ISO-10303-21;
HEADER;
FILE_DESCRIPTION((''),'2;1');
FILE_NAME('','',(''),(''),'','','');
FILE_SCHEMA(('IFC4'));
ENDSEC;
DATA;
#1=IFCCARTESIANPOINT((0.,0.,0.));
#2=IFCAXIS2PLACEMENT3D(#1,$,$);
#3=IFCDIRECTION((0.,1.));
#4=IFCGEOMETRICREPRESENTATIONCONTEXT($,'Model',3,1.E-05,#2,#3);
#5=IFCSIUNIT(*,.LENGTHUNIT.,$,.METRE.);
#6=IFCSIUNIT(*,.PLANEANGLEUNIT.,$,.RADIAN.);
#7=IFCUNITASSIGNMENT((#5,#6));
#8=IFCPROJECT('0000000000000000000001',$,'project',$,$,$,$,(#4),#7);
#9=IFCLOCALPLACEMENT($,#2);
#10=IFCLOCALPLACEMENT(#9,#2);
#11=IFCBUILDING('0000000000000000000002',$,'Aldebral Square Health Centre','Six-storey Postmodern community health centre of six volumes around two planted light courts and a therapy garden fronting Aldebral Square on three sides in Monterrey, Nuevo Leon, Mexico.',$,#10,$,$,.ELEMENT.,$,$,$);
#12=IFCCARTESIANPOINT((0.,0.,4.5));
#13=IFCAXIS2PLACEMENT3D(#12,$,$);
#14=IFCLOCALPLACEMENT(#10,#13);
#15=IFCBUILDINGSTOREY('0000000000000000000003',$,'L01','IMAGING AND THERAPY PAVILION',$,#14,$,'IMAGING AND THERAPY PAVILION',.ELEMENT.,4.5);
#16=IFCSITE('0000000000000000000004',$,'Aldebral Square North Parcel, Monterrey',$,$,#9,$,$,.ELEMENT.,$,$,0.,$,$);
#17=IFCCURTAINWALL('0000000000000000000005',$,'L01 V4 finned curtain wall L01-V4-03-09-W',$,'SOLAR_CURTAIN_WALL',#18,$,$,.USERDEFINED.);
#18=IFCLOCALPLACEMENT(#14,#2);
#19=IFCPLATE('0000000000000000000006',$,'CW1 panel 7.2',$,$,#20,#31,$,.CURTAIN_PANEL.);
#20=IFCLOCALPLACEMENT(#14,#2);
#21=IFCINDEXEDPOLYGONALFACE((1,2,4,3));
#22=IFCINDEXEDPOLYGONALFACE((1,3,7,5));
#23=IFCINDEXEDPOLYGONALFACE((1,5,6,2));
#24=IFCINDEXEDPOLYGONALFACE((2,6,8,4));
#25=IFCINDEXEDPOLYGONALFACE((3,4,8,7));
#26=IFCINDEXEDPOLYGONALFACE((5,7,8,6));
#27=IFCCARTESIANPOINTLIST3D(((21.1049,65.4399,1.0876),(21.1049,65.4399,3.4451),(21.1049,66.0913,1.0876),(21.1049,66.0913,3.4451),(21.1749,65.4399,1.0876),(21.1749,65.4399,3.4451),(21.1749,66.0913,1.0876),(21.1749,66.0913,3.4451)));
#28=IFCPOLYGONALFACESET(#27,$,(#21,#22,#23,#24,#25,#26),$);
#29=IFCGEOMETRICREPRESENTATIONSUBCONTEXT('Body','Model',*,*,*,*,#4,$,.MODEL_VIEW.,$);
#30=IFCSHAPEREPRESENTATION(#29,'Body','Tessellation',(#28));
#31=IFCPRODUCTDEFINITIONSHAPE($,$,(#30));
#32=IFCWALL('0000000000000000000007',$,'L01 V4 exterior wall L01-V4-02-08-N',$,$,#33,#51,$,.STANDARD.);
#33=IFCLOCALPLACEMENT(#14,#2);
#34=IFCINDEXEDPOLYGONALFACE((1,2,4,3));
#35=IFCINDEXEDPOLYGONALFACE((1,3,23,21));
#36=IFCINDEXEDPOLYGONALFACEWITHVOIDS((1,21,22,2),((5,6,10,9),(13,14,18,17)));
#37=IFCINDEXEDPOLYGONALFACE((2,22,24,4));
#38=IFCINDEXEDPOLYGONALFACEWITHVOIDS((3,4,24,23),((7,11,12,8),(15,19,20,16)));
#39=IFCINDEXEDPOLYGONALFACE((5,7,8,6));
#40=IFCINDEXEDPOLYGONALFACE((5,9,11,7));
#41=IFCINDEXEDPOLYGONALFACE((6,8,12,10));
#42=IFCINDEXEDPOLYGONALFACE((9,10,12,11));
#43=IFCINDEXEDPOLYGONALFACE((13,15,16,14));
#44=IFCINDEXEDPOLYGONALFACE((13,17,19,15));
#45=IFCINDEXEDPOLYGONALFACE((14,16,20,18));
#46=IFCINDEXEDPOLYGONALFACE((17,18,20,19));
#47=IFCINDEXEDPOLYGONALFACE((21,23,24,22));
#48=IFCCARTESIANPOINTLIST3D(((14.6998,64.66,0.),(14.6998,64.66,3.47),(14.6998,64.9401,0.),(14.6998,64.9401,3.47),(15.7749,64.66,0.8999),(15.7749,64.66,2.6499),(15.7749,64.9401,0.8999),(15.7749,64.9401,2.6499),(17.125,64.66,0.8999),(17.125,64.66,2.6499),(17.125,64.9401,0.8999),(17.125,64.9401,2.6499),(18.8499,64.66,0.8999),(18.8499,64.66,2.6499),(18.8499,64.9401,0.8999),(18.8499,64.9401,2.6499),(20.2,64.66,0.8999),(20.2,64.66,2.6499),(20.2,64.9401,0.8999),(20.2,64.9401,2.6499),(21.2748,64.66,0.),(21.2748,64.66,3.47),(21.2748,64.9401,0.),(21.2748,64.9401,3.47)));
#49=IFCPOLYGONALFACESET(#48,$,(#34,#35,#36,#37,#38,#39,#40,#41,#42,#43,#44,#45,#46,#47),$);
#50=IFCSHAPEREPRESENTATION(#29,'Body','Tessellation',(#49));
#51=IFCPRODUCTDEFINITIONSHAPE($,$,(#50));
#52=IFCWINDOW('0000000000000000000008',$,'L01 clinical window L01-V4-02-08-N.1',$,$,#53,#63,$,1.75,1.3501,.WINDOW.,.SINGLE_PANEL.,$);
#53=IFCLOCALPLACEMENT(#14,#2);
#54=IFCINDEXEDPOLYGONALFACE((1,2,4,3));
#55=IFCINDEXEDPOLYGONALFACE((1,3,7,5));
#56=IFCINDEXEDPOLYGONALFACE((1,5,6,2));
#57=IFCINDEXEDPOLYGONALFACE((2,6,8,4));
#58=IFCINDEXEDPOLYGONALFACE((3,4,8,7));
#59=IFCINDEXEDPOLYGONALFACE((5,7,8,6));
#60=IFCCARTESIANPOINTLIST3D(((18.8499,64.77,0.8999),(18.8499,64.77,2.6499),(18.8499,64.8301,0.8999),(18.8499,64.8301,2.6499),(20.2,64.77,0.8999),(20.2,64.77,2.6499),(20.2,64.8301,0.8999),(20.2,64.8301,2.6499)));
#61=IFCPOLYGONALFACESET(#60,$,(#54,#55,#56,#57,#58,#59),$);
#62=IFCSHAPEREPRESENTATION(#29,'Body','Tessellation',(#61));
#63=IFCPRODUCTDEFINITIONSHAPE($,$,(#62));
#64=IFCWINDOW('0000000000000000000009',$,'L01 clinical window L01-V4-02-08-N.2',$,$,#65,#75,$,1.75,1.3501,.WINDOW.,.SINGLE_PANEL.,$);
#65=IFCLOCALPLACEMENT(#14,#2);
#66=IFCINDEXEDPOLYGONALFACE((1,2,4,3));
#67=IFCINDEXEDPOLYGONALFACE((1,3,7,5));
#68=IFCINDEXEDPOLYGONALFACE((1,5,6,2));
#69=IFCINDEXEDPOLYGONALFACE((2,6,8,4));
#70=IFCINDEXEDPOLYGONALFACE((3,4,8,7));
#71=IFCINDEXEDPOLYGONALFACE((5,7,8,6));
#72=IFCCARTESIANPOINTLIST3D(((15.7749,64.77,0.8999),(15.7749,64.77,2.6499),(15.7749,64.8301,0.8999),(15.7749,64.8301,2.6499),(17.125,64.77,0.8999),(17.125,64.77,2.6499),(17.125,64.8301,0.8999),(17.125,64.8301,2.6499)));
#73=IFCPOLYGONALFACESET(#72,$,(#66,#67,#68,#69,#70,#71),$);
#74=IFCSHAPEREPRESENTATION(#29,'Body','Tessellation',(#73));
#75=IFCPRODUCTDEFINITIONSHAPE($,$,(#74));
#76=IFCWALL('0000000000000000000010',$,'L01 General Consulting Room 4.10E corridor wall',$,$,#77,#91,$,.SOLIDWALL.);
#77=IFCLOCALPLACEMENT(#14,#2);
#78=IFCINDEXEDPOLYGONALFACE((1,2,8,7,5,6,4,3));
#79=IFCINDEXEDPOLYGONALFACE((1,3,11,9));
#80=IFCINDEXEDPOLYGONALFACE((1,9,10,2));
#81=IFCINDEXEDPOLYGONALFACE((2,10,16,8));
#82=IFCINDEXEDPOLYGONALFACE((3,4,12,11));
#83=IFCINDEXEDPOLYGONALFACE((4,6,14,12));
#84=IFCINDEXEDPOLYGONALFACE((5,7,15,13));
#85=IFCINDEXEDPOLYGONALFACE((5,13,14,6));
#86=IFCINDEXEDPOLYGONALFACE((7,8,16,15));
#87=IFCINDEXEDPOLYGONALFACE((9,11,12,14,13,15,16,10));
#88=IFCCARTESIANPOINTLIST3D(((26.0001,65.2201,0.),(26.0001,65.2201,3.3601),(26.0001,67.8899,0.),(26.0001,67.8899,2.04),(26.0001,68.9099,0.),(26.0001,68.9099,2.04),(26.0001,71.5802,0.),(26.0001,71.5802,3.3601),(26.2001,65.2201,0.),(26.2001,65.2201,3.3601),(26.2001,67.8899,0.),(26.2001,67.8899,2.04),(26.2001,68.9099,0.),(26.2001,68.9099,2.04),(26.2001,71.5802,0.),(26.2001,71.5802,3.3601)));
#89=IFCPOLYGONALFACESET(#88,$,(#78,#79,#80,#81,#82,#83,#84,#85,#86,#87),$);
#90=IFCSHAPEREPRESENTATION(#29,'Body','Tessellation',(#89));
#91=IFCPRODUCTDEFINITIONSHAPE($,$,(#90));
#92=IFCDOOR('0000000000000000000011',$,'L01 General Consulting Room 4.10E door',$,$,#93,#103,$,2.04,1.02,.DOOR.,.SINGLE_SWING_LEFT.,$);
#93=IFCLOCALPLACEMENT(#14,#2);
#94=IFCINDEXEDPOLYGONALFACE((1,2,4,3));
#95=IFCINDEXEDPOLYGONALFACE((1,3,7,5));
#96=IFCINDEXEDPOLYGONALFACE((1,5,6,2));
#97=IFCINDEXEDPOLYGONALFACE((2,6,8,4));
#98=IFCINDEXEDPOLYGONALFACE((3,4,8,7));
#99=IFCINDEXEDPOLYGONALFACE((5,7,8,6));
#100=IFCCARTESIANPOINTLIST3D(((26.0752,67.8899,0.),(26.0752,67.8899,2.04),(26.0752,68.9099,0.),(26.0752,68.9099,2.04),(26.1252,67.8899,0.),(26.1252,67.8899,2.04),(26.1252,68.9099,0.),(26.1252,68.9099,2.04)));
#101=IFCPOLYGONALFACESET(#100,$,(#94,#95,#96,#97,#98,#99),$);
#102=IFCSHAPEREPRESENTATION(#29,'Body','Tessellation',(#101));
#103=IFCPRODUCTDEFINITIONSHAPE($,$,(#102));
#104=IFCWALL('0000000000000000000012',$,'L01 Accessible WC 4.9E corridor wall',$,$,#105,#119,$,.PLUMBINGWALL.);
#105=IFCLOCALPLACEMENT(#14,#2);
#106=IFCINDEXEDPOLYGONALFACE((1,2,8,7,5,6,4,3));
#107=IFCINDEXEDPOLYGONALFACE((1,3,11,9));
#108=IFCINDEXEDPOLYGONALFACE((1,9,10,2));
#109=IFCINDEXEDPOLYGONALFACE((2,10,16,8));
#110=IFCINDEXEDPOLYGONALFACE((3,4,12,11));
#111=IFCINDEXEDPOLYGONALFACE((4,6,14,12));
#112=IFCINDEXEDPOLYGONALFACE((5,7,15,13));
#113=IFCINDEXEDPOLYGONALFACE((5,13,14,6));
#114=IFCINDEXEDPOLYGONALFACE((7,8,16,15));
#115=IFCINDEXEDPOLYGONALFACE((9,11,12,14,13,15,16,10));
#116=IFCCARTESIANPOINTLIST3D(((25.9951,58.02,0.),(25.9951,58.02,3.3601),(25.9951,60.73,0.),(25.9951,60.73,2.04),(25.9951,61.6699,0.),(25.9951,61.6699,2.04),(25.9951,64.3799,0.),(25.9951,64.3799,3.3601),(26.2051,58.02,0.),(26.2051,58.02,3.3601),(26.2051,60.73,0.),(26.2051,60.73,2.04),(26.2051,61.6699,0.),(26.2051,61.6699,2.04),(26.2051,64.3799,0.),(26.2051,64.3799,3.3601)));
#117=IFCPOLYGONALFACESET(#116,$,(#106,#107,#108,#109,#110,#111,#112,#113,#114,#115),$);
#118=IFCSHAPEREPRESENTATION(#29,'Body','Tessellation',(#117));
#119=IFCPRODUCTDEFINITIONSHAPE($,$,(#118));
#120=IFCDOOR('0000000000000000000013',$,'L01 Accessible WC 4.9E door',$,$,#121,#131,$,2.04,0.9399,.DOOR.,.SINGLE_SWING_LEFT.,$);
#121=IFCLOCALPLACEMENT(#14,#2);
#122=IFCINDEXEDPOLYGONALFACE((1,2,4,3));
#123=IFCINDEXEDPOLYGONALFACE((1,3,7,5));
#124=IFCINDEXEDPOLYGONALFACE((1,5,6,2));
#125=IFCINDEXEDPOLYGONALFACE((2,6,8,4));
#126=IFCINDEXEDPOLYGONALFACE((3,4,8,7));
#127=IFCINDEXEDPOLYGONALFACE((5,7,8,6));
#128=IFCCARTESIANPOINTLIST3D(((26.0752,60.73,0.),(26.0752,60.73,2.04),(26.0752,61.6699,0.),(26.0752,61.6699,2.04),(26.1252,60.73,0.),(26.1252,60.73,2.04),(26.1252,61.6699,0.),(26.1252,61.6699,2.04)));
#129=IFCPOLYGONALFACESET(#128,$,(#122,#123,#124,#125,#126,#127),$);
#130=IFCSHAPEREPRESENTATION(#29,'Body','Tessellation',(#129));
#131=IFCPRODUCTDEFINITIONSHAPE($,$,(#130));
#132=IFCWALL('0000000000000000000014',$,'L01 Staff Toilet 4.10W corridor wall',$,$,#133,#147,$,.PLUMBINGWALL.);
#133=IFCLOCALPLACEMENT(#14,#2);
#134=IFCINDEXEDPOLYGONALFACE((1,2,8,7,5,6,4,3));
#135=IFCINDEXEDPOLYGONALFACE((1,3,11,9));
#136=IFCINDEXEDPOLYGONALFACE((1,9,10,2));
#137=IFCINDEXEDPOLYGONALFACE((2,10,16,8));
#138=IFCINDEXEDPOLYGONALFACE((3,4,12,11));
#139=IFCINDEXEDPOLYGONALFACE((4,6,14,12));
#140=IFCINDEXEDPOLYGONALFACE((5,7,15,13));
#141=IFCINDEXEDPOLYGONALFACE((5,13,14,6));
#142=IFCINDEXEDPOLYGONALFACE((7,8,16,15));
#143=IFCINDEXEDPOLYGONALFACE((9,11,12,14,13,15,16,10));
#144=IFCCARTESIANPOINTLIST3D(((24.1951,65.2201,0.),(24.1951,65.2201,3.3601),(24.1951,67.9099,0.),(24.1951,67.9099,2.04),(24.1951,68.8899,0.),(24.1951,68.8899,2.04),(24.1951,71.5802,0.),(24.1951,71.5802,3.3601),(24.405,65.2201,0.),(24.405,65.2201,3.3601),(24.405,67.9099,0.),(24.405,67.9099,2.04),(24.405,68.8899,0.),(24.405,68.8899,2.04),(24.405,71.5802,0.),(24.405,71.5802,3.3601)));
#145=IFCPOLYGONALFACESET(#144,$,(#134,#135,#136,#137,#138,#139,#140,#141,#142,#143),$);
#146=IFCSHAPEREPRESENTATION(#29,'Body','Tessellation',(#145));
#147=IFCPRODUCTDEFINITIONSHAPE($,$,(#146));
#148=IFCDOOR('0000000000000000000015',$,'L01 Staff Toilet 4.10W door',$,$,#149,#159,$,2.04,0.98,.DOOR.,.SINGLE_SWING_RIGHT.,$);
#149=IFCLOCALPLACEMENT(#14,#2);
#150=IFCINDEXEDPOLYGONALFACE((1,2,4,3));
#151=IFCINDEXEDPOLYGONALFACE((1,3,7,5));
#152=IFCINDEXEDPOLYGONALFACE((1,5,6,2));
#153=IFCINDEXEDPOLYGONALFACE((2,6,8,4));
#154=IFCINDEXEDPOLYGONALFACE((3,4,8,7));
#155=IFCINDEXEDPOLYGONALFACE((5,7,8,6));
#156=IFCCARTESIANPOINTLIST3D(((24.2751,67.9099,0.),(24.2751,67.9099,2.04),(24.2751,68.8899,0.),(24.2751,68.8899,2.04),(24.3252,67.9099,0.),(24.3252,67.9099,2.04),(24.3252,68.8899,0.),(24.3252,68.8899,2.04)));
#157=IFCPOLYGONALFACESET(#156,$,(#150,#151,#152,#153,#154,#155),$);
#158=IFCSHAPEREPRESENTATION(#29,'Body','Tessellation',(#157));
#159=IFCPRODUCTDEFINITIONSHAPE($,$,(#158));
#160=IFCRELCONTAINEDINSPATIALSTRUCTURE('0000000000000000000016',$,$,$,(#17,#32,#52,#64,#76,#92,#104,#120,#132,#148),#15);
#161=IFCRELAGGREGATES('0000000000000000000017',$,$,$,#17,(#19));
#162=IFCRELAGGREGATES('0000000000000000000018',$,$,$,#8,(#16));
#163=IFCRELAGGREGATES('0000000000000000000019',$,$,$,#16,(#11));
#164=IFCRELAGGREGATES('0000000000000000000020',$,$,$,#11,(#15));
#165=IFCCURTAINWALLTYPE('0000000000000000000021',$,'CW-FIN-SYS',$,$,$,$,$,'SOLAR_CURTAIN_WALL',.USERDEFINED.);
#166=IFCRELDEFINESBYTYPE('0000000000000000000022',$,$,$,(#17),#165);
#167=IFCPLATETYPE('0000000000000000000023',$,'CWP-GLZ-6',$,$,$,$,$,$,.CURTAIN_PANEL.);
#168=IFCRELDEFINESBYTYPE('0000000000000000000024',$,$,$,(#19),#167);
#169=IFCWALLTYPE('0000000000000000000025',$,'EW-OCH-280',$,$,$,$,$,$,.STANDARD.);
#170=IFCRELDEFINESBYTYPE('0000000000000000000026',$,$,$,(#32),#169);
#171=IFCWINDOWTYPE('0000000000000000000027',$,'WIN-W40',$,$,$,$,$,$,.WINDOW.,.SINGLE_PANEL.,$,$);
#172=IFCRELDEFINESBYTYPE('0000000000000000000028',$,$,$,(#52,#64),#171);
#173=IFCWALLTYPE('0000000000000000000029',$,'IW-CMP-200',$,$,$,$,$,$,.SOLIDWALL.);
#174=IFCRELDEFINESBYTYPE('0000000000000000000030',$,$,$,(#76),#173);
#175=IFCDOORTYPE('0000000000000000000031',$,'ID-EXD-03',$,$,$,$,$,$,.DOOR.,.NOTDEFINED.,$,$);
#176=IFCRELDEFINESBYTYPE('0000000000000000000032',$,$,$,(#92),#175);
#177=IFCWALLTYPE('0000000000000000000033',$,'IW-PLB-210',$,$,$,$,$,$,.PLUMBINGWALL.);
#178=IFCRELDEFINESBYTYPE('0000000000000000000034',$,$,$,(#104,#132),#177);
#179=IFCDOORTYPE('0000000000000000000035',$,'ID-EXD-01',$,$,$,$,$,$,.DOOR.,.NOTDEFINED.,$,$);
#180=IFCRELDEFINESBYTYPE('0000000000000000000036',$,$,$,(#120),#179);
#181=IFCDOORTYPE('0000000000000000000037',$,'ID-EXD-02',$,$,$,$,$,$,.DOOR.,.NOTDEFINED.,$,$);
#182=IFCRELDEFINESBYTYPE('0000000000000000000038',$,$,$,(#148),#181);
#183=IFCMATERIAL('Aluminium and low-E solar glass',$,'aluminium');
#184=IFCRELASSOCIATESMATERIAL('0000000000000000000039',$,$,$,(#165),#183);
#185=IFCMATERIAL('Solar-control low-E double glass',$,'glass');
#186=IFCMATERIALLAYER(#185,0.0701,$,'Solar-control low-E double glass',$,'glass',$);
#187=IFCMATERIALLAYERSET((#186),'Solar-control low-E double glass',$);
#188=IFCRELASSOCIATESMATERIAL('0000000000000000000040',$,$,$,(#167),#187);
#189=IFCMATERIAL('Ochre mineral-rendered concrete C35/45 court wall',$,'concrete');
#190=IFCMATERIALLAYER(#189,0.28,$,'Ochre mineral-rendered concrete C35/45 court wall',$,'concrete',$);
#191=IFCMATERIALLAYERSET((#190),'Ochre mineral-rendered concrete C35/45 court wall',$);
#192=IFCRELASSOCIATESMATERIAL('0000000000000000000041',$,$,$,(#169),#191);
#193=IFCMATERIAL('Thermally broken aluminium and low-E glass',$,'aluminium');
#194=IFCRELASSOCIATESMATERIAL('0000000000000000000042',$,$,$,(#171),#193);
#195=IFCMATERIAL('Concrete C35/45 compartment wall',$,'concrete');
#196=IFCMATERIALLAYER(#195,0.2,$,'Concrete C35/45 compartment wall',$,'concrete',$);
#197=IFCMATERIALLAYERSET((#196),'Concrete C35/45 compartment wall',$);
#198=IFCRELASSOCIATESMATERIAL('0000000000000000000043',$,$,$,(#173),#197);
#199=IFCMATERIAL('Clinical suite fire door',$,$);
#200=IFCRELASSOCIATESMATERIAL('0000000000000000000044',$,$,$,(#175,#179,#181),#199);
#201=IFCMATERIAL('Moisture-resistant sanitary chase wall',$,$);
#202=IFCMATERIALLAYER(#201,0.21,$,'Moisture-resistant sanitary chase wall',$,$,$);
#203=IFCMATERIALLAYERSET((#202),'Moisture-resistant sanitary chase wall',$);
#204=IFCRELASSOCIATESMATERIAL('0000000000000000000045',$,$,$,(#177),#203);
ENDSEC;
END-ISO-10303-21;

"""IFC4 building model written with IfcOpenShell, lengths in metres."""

from ifc_helpers import new_model, si_unit, direction, frame, frame_2d, origin, origin_2d, place, context, subcontext, project, spatial, rectangle, extrude, material, layer, layer_set, type_object, element, fill, aggregate, save


model = new_model("IFC4")

# Units and contexts
model_context = context("Model", 3, precision=1e-05, world=origin(), true_north=direction((0.0, 1.0)))
body_context = subcontext(model_context, "Body", "Model", "MODEL_VIEW")
ifc_project = project(units=[si_unit("LENGTHUNIT", "METRE"), si_unit("PLANEANGLEUNIT", "RADIAN")], contexts=[model_context])

# Site, building, storey
site_placement = place(None, origin())
site = spatial("IfcSite", under=ifc_project, at=site_placement, Name="Aldebral Square North Parcel, Monterrey", CompositionType="ELEMENT", RefElevation=0.0)
building_placement = place(site_placement, origin())
building = spatial("IfcBuilding", under=site, at=building_placement, Name="Aldebral Square Health Centre", Description="Six-storey Postmodern community health centre of six volumes around two planted light courts and a therapy garden fronting Aldebral Square on three sides in Monterrey, Nuevo Leon, Mexico.", CompositionType="ELEMENT")
storey_placement = place(building_placement, frame((0.0, 0.0, 4.5)))
storey = spatial("IfcBuildingStorey", under=building, at=storey_placement, Name="L01", Description="IMAGING AND THERAPY PAVILION", LongName="IMAGING AND THERAPY PAVILION", CompositionType="ELEMENT", Elevation=4.5)

# Curtain wall, plate
ifc_material_1 = material(Name="Aluminium and low-E solar glass", Category="aluminium")
curtain_wall_type = type_object("IfcCurtainWallType", Name="CW-FIN-SYS", ElementType="SOLAR_CURTAIN_WALL", PredefinedType="USERDEFINED", material=ifc_material_1)
curtain_wall_placement = place(storey_placement, origin())
curtain_wall = element("IfcCurtainWall", 1, at=curtain_wall_placement, inside=storey, type_object=curtain_wall_type, Name="L01 V4 finned curtain wall L01-V4-03-09-W", ObjectType="SOLAR_CURTAIN_WALL", PredefinedType="USERDEFINED")
ifc_material_2 = material(Name="Solar-control low-E double glass", Category="glass")
ifc_layer_1 = layer(ifc_material_2, 0.0701, Name="Solar-control low-E double glass", Category="glass")
ifc_layer_set_1 = layer_set([ifc_layer_1], Name="Solar-control low-E double glass")
plate_type = type_object("IfcPlateType", Name="CWP-GLZ-6", PredefinedType="CURTAIN_PANEL", material=ifc_layer_set_1)
plate_1_placement = place(storey_placement, frame((21.1399, 65.7656, 1.0876), z_axis=(0.0, 0.0, 1.0), x_axis=(0.0, -1.0, 0.0)))
plate_1 = element("IfcPlate", 2, at=plate_1_placement, type_object=plate_type, Name="CW1 panel 7.2", PredefinedType="CURTAIN_PANEL", context=body_context, shape_type="SweptSolid", body=[
    extrude(rectangle(XDim=0.6514, YDim=0.0701, at=origin_2d()), origin(), (0.0, 0.0, 1.0), 2.3574),
])
aggregate(curtain_wall, [plate_1])

# Wall, openings, windows
ifc_material_3 = material(Name="Ochre mineral-rendered concrete C35/45 court wall", Category="concrete")
ifc_layer_2 = layer(ifc_material_3, 0.28, Name="Ochre mineral-rendered concrete C35/45 court wall", Category="concrete")
ifc_layer_set_2 = layer_set([ifc_layer_2], Name="Ochre mineral-rendered concrete C35/45 court wall")
wall_type_1 = type_object("IfcWallType", Name="EW-OCH-280", PredefinedType="STANDARD", material=ifc_layer_set_2)
wall_1_placement = place(storey_placement, frame((21.2749, 64.8, 0.0), z_axis=(0.0, 0.0, 1.0), x_axis=(-1.0, 0.0, 0.0)))
wall_1 = element("IfcWall", 3, at=wall_1_placement, inside=storey, type_object=wall_type_1, Name="L01 V4 exterior wall L01-V4-02-08-N", PredefinedType="STANDARD", context=body_context, shape_type="SweptSolid", body=[
    extrude(rectangle(XDim=6.575, YDim=0.28, at=frame_2d((3.2876, 0.0))), origin(), (0.0, 0.0, 1.0), 3.47),
])
opening_1_placement = place(wall_1_placement, frame((1.075, 0.0, 0.8999)))
opening_1 = element("IfcOpeningElement", 4, at=opening_1_placement, cuts=wall_1, PredefinedType="OPENING", context=body_context, shape_type="SweptSolid", body=[
    extrude(rectangle(XDim=1.3501, YDim=1.75, at=frame_2d((0.675, 0.875))), frame((0.0, 0.1499, 0.0), z_axis=(0.0, -1.0, 0.0), x_axis=(1.0, 0.0, 0.0)), (0.0, 0.0, 1.0), 0.3),
])
opening_2_placement = place(wall_1_placement, frame((4.1499, 0.0, 0.8999)))
opening_2 = element("IfcOpeningElement", 5, at=opening_2_placement, cuts=wall_1, PredefinedType="OPENING", context=body_context, shape_type="SweptSolid", body=[
    extrude(rectangle(XDim=1.3501, YDim=1.75, at=frame_2d((0.675, 0.875))), frame((0.0, 0.1499, 0.0), z_axis=(0.0, -1.0, 0.0), x_axis=(1.0, 0.0, 0.0)), (0.0, 0.0, 1.0), 0.3),
])
ifc_material_4 = material(Name="Thermally broken aluminium and low-E glass", Category="aluminium")
window_type = type_object("IfcWindowType", Name="WIN-W40", PartitioningType="SINGLE_PANEL", PredefinedType="WINDOW", material=ifc_material_4)
window_1_placement = place(opening_1_placement, origin())
window_1 = element("IfcWindow", 6, at=window_1_placement, inside=storey, type_object=window_type, Name="L01 clinical window L01-V4-02-08-N.1", OverallHeight=1.75, OverallWidth=1.3501, PartitioningType="SINGLE_PANEL", PredefinedType="WINDOW", context=body_context, shape_type="SweptSolid", body=[
    extrude(rectangle(XDim=1.3501, YDim=1.75, at=frame_2d((0.675, 0.875))), frame((0.0, 0.03, 0.0), z_axis=(0.0, -1.0, 0.0), x_axis=(1.0, 0.0, 0.0)), (0.0, 0.0, 1.0), 0.0601),
])
fill(opening_1, window_1)
window_2_placement = place(opening_2_placement, origin())
window_2 = element("IfcWindow", 7, at=window_2_placement, inside=storey, type_object=window_type, Name="L01 clinical window L01-V4-02-08-N.2", OverallHeight=1.75, OverallWidth=1.3501, PartitioningType="SINGLE_PANEL", PredefinedType="WINDOW", context=body_context, shape_type="SweptSolid", body=[
    extrude(rectangle(XDim=1.3501, YDim=1.75, at=frame_2d((0.675, 0.875))), frame((0.0, 0.03, 0.0), z_axis=(0.0, -1.0, 0.0), x_axis=(1.0, 0.0, 0.0)), (0.0, 0.0, 1.0), 0.0601),
])
fill(opening_2, window_2)

# Walls, openings, doors
ifc_material_5 = material(Name="Concrete C35/45 compartment wall", Category="concrete")
ifc_layer_3 = layer(ifc_material_5, 0.2, Name="Concrete C35/45 compartment wall", Category="concrete")
ifc_layer_set_3 = layer_set([ifc_layer_3], Name="Concrete C35/45 compartment wall")
wall_type_2 = type_object("IfcWallType", Name="IW-CMP-200", PredefinedType="SOLIDWALL", material=ifc_layer_set_3)
wall_2_placement = place(storey_placement, frame((26.1001, 65.22, 0.0), z_axis=(0.0, 0.0, 1.0), x_axis=(0.0, 1.0, 0.0)))
wall_2 = element("IfcWall", 8, at=wall_2_placement, inside=storey, type_object=wall_type_2, Name="L01 General Consulting Room 4.10E corridor wall", PredefinedType="SOLIDWALL", context=body_context, shape_type="SweptSolid", body=[
    extrude(rectangle(XDim=6.3601, YDim=0.2, at=frame_2d((3.1802, 0.0))), origin(), (0.0, 0.0, 1.0), 3.3601),
])
opening_3_placement = place(wall_2_placement, frame((2.6699, 0.0, 0.0)))
opening_3 = element("IfcOpeningElement", 9, at=opening_3_placement, cuts=wall_2, PredefinedType="OPENING", context=body_context, shape_type="SweptSolid", body=[
    extrude(rectangle(XDim=1.02, YDim=2.04, at=frame_2d((0.51, 1.02))), frame((0.0, 0.1099, 0.0), z_axis=(0.0, -1.0, 0.0), x_axis=(1.0, 0.0, 0.0)), (0.0, 0.0, 1.0), 0.22),
])
ifc_material_6 = material(Name="Clinical suite fire door")
door_type_1 = type_object("IfcDoorType", Name="ID-EXD-03", OperationType="NOTDEFINED", PredefinedType="DOOR", material=ifc_material_6)
door_1_placement = place(opening_3_placement, origin())
door_1 = element("IfcDoor", 10, at=door_1_placement, inside=storey, type_object=door_type_1, Name="L01 General Consulting Room 4.10E door", OperationType="SINGLE_SWING_LEFT", OverallHeight=2.04, OverallWidth=1.02, PredefinedType="DOOR", context=body_context, shape_type="SweptSolid", body=[
    extrude(rectangle(XDim=1.02, YDim=2.04, at=frame_2d((0.51, 1.02))), frame((0.0, 0.0249, 0.0), z_axis=(0.0, -1.0, 0.0), x_axis=(1.0, 0.0, 0.0)), (0.0, 0.0, 1.0), 0.05),
])
fill(opening_3, door_1)
ifc_material_7 = material(Name="Moisture-resistant sanitary chase wall")
ifc_layer_4 = layer(ifc_material_7, 0.21, Name="Moisture-resistant sanitary chase wall")
ifc_layer_set_4 = layer_set([ifc_layer_4], Name="Moisture-resistant sanitary chase wall")
wall_type_3 = type_object("IfcWallType", Name="IW-PLB-210", PredefinedType="PLUMBINGWALL", material=ifc_layer_set_4)
wall_3_placement = place(storey_placement, frame((26.1001, 58.02, 0.0), z_axis=(0.0, 0.0, 1.0), x_axis=(0.0, 1.0, 0.0)))
wall_3 = element("IfcWall", 11, at=wall_3_placement, inside=storey, type_object=wall_type_3, Name="L01 Accessible WC 4.9E corridor wall", PredefinedType="PLUMBINGWALL", context=body_context, shape_type="SweptSolid", body=[
    extrude(rectangle(XDim=6.3599, YDim=0.21, at=frame_2d((3.1799, 0.0))), origin(), (0.0, 0.0, 1.0), 3.3601),
])
opening_4_placement = place(wall_3_placement, frame((2.71, 0.0, 0.0)))
opening_4 = element("IfcOpeningElement", 12, at=opening_4_placement, cuts=wall_3, PredefinedType="OPENING", context=body_context, shape_type="SweptSolid", body=[
    extrude(rectangle(XDim=0.9399, YDim=2.04, at=frame_2d((0.47, 1.02))), frame((0.0, 0.115, 0.0), z_axis=(0.0, -1.0, 0.0), x_axis=(1.0, 0.0, 0.0)), (0.0, 0.0, 1.0), 0.23),
])
door_type_2 = type_object("IfcDoorType", Name="ID-EXD-01", OperationType="NOTDEFINED", PredefinedType="DOOR", material=ifc_material_6)
door_2_placement = place(opening_4_placement, origin())
door_2 = element("IfcDoor", 13, at=door_2_placement, inside=storey, type_object=door_type_2, Name="L01 Accessible WC 4.9E door", OperationType="SINGLE_SWING_LEFT", OverallHeight=2.04, OverallWidth=0.9399, PredefinedType="DOOR", context=body_context, shape_type="SweptSolid", body=[
    extrude(rectangle(XDim=0.9399, YDim=2.04, at=frame_2d((0.47, 1.02))), frame((0.0, 0.0249, 0.0), z_axis=(0.0, -1.0, 0.0), x_axis=(1.0, 0.0, 0.0)), (0.0, 0.0, 1.0), 0.05),
])
fill(opening_4, door_2)
wall_4_placement = place(storey_placement, frame((24.3, 65.22, 0.0), z_axis=(0.0, 0.0, 1.0), x_axis=(0.0, 1.0, 0.0)))
wall_4 = element("IfcWall", 14, at=wall_4_placement, inside=storey, type_object=wall_type_3, Name="L01 Staff Toilet 4.10W corridor wall", PredefinedType="PLUMBINGWALL", context=body_context, shape_type="SweptSolid", body=[
    extrude(rectangle(XDim=6.3601, YDim=0.21, at=frame_2d((3.1802, 0.0))), origin(), (0.0, 0.0, 1.0), 3.3601),
])
opening_5_placement = place(wall_4_placement, frame((2.6899, 0.0, 0.0)))
opening_5 = element("IfcOpeningElement", 15, at=opening_5_placement, cuts=wall_4, PredefinedType="OPENING", context=body_context, shape_type="SweptSolid", body=[
    extrude(rectangle(XDim=0.98, YDim=2.04, at=frame_2d((0.49, 1.02))), frame((0.0, 0.115, 0.0), z_axis=(0.0, -1.0, 0.0), x_axis=(1.0, 0.0, 0.0)), (0.0, 0.0, 1.0), 0.23),
])
door_type_3 = type_object("IfcDoorType", Name="ID-EXD-02", OperationType="NOTDEFINED", PredefinedType="DOOR", material=ifc_material_6)
door_3_placement = place(opening_5_placement, origin())
door_3 = element("IfcDoor", 16, at=door_3_placement, inside=storey, type_object=door_type_3, Name="L01 Staff Toilet 4.10W door", OperationType="SINGLE_SWING_RIGHT", OverallHeight=2.04, OverallWidth=0.98, PredefinedType="DOOR", context=body_context, shape_type="SweptSolid", body=[
    extrude(rectangle(XDim=0.98, YDim=2.04, at=frame_2d((0.49, 1.02))), frame((0.0, 0.0249, 0.0), z_axis=(0.0, -1.0, 0.0), x_axis=(1.0, 0.0, 0.0)), (0.0, 0.0, 1.0), 0.05),
])
fill(opening_5, door_3)

save(model, "model.ifc")
